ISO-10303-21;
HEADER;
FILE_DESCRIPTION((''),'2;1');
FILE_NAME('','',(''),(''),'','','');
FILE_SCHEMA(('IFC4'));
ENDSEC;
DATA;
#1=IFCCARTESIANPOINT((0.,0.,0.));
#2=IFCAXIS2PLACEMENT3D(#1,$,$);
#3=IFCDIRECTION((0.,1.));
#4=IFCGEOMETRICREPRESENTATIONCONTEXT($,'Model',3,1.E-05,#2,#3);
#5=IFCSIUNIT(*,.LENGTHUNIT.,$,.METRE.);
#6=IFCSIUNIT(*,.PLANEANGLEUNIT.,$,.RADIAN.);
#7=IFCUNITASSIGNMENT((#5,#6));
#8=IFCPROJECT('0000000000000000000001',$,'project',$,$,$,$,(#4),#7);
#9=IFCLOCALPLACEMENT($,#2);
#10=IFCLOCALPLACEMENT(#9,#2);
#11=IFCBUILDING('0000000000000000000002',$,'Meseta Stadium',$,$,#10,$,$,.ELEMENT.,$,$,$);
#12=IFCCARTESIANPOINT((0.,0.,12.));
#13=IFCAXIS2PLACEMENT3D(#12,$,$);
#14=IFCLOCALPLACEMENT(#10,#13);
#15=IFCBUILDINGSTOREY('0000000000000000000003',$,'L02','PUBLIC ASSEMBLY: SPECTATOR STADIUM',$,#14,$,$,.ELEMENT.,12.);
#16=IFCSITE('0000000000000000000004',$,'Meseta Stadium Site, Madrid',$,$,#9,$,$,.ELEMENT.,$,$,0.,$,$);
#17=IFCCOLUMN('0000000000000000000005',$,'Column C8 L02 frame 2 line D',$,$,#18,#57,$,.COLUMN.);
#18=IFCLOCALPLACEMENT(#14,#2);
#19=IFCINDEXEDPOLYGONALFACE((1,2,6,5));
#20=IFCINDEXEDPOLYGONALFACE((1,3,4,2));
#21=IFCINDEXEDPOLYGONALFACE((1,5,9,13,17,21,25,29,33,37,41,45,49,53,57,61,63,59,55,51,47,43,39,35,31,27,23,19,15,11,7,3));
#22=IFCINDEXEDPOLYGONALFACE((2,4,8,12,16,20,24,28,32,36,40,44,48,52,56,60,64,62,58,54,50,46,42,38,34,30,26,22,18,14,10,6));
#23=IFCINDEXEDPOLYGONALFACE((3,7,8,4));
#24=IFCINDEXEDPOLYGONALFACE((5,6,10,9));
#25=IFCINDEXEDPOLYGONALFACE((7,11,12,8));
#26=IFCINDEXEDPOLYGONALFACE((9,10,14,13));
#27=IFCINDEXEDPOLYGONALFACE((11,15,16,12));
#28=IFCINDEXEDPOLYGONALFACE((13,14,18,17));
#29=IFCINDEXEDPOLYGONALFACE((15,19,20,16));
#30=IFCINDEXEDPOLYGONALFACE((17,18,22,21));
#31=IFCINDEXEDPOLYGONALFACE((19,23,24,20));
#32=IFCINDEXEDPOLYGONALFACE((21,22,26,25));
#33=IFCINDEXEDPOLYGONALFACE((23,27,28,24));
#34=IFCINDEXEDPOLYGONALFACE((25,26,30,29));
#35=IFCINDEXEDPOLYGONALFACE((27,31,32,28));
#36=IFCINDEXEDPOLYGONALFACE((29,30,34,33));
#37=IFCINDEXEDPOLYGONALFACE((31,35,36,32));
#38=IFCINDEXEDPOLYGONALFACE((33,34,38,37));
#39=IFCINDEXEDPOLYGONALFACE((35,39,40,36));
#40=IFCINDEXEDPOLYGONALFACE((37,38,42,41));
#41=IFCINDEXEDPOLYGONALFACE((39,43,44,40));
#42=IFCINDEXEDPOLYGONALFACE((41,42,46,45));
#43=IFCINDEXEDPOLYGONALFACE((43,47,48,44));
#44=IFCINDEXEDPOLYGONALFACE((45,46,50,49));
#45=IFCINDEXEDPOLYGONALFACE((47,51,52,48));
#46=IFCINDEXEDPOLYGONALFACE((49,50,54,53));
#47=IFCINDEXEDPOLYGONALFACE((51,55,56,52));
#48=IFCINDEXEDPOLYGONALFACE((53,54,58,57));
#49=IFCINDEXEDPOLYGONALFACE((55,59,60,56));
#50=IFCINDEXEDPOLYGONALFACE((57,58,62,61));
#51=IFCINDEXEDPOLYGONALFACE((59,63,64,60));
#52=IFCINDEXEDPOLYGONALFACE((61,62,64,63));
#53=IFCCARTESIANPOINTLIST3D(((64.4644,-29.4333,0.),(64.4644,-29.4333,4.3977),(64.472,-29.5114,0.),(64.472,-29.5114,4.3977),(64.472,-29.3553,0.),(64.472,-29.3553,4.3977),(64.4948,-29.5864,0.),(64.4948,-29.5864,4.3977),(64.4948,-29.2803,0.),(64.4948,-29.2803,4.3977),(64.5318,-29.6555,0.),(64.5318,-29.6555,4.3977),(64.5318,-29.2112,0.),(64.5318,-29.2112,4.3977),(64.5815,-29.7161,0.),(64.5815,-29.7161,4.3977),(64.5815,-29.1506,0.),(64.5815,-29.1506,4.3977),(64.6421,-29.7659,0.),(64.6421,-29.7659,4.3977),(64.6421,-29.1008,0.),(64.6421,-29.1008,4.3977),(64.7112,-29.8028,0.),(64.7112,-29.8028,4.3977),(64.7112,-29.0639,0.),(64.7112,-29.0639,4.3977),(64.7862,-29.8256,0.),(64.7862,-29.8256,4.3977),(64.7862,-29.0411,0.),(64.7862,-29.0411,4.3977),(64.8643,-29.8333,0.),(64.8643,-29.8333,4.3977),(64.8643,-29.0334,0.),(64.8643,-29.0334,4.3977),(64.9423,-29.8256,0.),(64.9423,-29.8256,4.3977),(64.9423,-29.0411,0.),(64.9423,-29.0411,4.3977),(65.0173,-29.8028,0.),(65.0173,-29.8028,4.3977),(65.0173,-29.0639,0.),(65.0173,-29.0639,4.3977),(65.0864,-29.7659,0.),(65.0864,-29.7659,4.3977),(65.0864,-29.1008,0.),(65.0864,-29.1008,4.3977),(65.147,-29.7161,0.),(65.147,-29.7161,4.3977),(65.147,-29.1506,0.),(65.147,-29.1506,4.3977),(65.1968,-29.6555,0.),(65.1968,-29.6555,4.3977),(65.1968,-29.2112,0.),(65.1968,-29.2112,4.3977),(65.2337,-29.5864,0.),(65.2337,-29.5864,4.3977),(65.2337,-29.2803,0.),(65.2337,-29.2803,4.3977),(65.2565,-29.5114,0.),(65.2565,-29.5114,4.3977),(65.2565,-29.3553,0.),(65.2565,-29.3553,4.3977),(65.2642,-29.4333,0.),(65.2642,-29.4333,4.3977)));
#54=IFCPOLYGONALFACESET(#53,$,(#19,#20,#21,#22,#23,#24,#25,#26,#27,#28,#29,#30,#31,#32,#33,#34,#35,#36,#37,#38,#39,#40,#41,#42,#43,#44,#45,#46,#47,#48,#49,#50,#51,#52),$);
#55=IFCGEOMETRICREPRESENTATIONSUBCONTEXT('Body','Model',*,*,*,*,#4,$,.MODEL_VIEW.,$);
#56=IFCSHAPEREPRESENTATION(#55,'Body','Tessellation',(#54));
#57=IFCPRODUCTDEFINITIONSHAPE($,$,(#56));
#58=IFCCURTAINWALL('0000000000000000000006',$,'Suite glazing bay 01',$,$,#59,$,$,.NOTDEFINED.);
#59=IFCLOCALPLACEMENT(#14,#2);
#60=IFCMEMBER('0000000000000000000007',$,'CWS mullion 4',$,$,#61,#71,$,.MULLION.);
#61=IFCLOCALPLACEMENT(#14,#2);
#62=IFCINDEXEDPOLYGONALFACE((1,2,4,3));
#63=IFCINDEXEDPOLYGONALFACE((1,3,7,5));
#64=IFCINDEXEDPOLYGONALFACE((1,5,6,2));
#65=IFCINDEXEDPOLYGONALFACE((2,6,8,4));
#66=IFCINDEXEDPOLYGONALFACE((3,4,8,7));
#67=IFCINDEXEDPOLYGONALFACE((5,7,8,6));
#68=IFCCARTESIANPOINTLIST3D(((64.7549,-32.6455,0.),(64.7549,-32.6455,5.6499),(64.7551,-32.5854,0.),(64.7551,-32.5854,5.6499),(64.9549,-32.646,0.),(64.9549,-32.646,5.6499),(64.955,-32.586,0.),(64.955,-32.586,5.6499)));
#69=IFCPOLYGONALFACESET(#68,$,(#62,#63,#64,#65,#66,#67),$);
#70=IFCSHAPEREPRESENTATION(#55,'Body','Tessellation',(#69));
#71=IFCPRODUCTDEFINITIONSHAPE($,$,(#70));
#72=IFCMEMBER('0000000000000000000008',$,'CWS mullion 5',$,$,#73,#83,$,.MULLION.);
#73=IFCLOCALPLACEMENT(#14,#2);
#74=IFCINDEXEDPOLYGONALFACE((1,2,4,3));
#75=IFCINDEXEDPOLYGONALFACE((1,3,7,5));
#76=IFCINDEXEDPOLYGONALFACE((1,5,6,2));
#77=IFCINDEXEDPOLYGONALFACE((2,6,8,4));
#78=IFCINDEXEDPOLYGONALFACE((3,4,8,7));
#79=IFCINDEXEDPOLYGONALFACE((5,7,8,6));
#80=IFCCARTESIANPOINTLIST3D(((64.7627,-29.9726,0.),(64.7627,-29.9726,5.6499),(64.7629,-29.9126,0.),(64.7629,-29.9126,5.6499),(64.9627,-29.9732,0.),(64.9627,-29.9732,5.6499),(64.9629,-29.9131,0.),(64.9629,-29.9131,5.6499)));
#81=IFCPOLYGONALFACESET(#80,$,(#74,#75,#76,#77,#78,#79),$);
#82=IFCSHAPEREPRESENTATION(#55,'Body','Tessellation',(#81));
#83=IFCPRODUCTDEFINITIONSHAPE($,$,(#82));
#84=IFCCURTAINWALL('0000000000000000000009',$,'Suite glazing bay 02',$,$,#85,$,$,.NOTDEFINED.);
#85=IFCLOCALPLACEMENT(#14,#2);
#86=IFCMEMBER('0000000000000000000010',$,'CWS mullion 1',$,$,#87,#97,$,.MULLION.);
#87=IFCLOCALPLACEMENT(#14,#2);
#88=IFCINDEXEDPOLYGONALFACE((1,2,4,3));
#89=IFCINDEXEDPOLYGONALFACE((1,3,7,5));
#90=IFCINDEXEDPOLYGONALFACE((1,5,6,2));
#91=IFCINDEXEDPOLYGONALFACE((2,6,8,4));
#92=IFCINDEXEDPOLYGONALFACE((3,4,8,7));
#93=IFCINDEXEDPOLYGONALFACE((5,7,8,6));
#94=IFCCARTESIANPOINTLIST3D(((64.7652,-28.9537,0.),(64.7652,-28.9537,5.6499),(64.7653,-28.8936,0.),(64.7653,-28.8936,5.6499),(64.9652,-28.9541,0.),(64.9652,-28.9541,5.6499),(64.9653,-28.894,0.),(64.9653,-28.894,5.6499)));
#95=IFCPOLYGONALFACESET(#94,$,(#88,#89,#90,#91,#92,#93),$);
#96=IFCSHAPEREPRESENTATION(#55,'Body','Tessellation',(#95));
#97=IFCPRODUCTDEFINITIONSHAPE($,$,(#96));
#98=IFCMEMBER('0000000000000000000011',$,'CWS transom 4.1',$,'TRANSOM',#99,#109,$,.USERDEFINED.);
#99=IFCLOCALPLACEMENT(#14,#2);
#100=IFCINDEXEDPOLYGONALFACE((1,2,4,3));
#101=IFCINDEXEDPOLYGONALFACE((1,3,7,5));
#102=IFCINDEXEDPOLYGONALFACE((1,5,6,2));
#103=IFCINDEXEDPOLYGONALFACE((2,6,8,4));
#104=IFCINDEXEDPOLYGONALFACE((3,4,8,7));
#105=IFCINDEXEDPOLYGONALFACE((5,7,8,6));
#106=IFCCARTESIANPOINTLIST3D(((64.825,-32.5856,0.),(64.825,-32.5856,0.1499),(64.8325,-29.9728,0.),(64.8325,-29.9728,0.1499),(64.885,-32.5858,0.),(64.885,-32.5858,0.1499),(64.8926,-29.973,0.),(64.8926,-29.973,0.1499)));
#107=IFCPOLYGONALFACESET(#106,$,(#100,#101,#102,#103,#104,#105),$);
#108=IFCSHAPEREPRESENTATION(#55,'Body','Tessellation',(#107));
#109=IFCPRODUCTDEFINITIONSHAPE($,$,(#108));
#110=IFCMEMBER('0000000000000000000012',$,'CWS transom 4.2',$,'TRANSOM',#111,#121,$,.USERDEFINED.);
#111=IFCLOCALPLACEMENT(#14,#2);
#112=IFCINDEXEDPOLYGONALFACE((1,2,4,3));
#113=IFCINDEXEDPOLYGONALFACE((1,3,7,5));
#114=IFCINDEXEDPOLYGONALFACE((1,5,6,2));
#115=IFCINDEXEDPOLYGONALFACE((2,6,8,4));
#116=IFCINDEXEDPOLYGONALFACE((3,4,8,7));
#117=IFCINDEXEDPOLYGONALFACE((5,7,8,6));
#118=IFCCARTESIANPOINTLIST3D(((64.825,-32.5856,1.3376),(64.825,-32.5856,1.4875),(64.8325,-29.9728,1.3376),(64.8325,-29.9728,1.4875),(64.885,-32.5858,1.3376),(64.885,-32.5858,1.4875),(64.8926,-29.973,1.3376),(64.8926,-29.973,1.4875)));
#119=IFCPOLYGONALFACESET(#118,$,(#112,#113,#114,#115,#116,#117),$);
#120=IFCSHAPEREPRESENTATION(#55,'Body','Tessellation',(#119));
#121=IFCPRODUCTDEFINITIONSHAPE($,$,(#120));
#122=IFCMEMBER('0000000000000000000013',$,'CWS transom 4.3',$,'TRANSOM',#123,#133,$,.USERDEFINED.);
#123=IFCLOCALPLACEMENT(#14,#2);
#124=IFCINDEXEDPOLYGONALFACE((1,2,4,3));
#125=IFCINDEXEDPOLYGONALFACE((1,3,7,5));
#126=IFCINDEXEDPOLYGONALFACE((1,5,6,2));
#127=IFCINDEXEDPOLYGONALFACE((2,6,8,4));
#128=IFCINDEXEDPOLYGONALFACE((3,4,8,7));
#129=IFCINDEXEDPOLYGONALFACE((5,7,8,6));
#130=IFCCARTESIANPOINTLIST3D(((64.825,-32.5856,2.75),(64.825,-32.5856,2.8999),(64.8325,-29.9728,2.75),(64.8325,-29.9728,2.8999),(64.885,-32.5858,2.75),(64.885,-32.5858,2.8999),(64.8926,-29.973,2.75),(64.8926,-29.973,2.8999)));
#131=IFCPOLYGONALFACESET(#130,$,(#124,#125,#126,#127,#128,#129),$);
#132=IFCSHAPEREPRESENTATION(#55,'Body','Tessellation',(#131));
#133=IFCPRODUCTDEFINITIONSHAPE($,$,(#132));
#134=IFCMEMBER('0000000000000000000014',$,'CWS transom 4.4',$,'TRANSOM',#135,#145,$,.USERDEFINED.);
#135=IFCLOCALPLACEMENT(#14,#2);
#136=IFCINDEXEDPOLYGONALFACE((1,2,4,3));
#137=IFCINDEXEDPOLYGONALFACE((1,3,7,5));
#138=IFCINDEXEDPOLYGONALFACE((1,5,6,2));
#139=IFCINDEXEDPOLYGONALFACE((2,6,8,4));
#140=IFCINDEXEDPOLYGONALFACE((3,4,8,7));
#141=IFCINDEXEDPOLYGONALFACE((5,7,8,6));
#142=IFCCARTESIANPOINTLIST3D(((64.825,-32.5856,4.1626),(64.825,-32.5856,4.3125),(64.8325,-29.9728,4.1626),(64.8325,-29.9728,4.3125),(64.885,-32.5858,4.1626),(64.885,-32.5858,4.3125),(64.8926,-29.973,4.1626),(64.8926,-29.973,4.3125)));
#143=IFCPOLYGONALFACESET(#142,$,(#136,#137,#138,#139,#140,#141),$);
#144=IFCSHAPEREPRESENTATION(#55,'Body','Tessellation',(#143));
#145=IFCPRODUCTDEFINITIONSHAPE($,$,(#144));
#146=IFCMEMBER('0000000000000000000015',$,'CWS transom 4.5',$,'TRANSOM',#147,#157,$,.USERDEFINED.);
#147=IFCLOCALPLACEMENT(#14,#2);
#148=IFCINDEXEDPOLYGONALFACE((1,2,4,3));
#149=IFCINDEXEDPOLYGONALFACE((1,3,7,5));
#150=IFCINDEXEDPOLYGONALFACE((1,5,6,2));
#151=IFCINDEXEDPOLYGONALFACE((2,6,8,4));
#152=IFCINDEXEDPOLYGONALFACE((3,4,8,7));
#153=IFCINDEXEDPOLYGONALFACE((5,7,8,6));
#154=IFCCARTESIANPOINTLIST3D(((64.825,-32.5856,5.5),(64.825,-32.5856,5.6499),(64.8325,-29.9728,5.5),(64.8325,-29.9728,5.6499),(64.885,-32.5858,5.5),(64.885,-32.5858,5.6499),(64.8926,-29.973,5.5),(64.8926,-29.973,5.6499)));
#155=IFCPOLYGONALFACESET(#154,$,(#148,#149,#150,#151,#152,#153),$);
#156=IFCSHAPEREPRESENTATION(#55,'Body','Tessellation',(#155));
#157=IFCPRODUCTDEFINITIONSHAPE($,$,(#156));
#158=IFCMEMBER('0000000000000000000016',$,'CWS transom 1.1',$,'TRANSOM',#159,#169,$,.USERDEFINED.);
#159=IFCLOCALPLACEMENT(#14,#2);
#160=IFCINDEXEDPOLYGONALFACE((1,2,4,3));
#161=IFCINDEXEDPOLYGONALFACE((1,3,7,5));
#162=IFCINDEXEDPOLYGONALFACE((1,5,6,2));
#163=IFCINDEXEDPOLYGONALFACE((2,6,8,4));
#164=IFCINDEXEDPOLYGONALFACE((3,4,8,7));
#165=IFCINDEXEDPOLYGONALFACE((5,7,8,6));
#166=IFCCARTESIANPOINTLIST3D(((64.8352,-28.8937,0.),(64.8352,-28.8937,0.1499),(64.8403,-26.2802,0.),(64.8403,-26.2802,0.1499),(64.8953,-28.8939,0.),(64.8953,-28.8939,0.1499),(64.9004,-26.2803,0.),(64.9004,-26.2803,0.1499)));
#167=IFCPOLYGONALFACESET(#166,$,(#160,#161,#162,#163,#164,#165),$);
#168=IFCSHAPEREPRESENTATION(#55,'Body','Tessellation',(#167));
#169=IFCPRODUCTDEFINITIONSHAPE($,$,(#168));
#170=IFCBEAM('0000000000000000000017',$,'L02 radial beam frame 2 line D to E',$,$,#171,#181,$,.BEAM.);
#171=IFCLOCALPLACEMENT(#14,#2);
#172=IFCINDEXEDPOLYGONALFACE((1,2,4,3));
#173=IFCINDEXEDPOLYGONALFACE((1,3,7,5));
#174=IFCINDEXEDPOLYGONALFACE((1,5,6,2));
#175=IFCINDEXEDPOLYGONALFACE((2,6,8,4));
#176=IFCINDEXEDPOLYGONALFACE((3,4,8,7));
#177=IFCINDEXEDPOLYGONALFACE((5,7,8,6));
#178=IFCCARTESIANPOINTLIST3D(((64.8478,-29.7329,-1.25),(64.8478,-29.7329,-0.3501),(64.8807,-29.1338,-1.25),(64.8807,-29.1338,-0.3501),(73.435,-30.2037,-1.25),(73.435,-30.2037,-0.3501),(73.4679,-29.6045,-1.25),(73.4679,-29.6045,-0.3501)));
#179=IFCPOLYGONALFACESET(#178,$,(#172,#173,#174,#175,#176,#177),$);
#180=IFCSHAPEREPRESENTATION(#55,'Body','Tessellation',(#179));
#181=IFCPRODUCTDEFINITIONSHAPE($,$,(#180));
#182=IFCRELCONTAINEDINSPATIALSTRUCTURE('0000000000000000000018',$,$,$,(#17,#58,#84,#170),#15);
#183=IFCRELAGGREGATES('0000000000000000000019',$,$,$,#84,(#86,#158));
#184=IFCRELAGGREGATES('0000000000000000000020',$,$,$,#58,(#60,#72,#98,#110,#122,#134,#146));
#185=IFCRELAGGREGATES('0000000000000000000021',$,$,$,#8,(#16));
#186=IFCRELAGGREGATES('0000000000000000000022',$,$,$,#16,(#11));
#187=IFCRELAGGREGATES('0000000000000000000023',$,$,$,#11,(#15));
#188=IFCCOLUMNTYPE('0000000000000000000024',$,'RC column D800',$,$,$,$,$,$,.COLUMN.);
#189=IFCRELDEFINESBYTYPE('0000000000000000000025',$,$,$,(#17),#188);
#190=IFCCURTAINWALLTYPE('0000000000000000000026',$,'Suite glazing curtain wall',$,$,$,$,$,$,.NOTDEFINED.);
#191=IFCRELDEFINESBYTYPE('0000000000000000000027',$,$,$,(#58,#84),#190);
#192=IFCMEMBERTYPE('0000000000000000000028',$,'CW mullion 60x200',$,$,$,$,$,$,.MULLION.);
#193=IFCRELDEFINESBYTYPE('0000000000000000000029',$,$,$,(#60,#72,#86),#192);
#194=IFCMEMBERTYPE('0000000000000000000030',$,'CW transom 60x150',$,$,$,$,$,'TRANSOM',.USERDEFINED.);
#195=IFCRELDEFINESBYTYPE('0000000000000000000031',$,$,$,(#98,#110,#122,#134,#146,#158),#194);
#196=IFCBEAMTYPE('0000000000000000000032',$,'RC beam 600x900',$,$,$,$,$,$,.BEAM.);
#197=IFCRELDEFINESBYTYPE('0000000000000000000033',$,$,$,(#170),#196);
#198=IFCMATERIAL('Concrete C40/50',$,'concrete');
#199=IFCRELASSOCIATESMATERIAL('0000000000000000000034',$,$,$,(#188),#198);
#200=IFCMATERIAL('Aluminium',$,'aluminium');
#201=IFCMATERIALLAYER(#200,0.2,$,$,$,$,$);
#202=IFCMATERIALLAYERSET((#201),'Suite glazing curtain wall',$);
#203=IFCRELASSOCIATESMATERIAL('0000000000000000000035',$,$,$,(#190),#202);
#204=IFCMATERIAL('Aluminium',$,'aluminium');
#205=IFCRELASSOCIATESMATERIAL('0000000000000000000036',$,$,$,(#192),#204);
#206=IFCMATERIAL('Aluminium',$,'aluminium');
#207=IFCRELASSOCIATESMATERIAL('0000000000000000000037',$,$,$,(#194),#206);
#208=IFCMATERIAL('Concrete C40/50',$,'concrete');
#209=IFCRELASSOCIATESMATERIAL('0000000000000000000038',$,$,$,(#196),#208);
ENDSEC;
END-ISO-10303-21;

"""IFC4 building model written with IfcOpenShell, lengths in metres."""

from ifc_helpers import new_model, si_unit, direction, frame, origin, origin_2d, place, context, subcontext, project, spatial, rectangle, circle, extrude, material, layer, layer_set, material_profile, profile_set, type_object, element, aggregate, save


model = new_model("IFC4")

# Units and contexts
model_context = context("Model", 3, precision=1e-05, world=origin(), true_north=direction((0.0, 1.0)))
body_context = subcontext(model_context, "Body", "Model", "MODEL_VIEW")
ifc_project = project(units=[si_unit("LENGTHUNIT", "METRE"), si_unit("PLANEANGLEUNIT", "RADIAN")], contexts=[model_context])

# Site, building, storey
site_placement = place(None, origin())
site = spatial("IfcSite", under=ifc_project, at=site_placement, Name="Meseta Stadium Site, Madrid", CompositionType="ELEMENT", RefElevation=0.0)
building_placement = place(site_placement, origin())
building = spatial("IfcBuilding", under=site, at=building_placement, Name="Meseta Stadium", CompositionType="ELEMENT")
storey_placement = place(building_placement, frame((0.0, 0.0, 12.0)))
storey = spatial("IfcBuildingStorey", under=building, at=storey_placement, Name="L02", Description="PUBLIC ASSEMBLY: SPECTATOR STADIUM", CompositionType="ELEMENT", Elevation=12.0)

# Column
ifc_material_1 = material(Name="Concrete C40/50", Category="concrete")
ifc_material_profile_1 = material_profile(ifc_material_1, circle(Radius=0.3999, at=origin_2d()), Name="RC D800")
ifc_profile_set_1 = profile_set([ifc_material_profile_1], Name="Concrete C40/50")
column_type = type_object("IfcColumnType", Name="RC column D800", PredefinedType="COLUMN", material=ifc_profile_set_1)
column_placement = place(storey_placement, frame((64.8643, -29.4333, 0.0), z_axis=(0.0, 0.0, 1.0), x_axis=(1.0, 0.0, 0.0)))
element("IfcColumn", 1, at=column_placement, inside=storey, type_object=column_type, Name="Column C8 L02 frame 2 line D", PredefinedType="COLUMN", context=body_context, shape_type="SweptSolid", body=[
    extrude(circle(Radius=0.3999, at=origin_2d()), origin(), (0.0, 0.0, 1.0), 4.3977),
])

# Curtain wall, members
ifc_material_2 = material(Name="Aluminium", Category="aluminium")
ifc_layer_1 = layer(ifc_material_2, 0.2)
ifc_layer_set_1 = layer_set([ifc_layer_1], Name="Suite glazing curtain wall")
curtain_wall_type = type_object("IfcCurtainWallType", Name="Suite glazing curtain wall", PredefinedType="NOTDEFINED", material=ifc_layer_set_1)
curtain_wall_1_placement = place(storey_placement, origin())
curtain_wall_1 = element("IfcCurtainWall", 2, at=curtain_wall_1_placement, inside=storey, type_object=curtain_wall_type, Name="Suite glazing bay 01", PredefinedType="NOTDEFINED")
ifc_material_3 = material(Name="Aluminium", Category="aluminium")
ifc_material_profile_2 = material_profile(ifc_material_3, rectangle(XDim=0.2, YDim=0.0601, at=origin_2d()), Name="CW 200x60")
ifc_profile_set_2 = profile_set([ifc_material_profile_2], Name="Aluminium")
member_type_1 = type_object("IfcMemberType", Name="CW mullion 60x200", PredefinedType="MULLION", material=ifc_profile_set_2)
member_1_placement = place(storey_placement, frame((64.855, -32.6157, 0.0), z_axis=(0.0, 0.0, 1.0), x_axis=(-0.999996, 0.00291, 0.0)))
member_1 = element("IfcMember", 3, at=member_1_placement, type_object=member_type_1, Name="CWS mullion 4", PredefinedType="MULLION", context=body_context, shape_type="SweptSolid", body=[
    extrude(rectangle(XDim=0.2, YDim=0.0601, at=origin_2d()), origin(), (0.0, 0.0, 1.0), 5.6499),
])
member_2_placement = place(storey_placement, frame((64.8628, -29.9429, 0.0), z_axis=(0.0, 0.0, 1.0), x_axis=(-0.999996, 0.00291, 0.0)))
member_2 = element("IfcMember", 4, at=member_2_placement, type_object=member_type_1, Name="CWS mullion 5", PredefinedType="MULLION", context=body_context, shape_type="SweptSolid", body=[
    extrude(rectangle(XDim=0.2, YDim=0.0601, at=origin_2d()), origin(), (0.0, 0.0, 1.0), 5.6499),
])

# Curtain wall, member
curtain_wall_2_placement = place(storey_placement, origin())
curtain_wall_2 = element("IfcCurtainWall", 5, at=curtain_wall_2_placement, inside=storey, type_object=curtain_wall_type, Name="Suite glazing bay 02", PredefinedType="NOTDEFINED")
member_3_placement = place(storey_placement, frame((64.8652, -28.9238, 0.0), z_axis=(0.0, 0.0, 1.0), x_axis=(-0.999998, 0.001947, 0.0)))
member_3 = element("IfcMember", 6, at=member_3_placement, type_object=member_type_1, Name="CWS mullion 1", PredefinedType="MULLION", context=body_context, shape_type="SweptSolid", body=[
    extrude(rectangle(XDim=0.2, YDim=0.0601, at=origin_2d()), origin(), (0.0, 0.0, 1.0), 5.6499),
])

# Members
ifc_material_4 = material(Name="Aluminium", Category="aluminium")
ifc_material_profile_3 = material_profile(ifc_material_4, rectangle(XDim=0.0601, YDim=0.1499, at=origin_2d()), Name="CW 60x150")
ifc_profile_set_3 = profile_set([ifc_material_profile_3], Name="Aluminium")
member_type_2 = type_object("IfcMemberType", Name="CW transom 60x150", ElementType="TRANSOM", PredefinedType="USERDEFINED", material=ifc_profile_set_3)
member_4_placement = place(storey_placement, frame((64.855, -32.5857, 0.075), z_axis=(0.002897, 0.999996, 0.0), x_axis=(-0.999996, 0.002897, 0.0)))
member_4 = element("IfcMember", 7, at=member_4_placement, type_object=member_type_2, Name="CWS transom 4.1", ObjectType="TRANSOM", PredefinedType="USERDEFINED", context=body_context, shape_type="SweptSolid", body=[
    extrude(rectangle(XDim=0.0601, YDim=0.1499, at=origin_2d()), origin(), (0.0, 0.0, 1.0), 2.6128),
])
member_5_placement = place(storey_placement, frame((64.855, -32.5857, 1.4126), z_axis=(0.002897, 0.999996, 0.0), x_axis=(-0.999996, 0.002897, 0.0)))
member_5 = element("IfcMember", 8, at=member_5_placement, type_object=member_type_2, Name="CWS transom 4.2", ObjectType="TRANSOM", PredefinedType="USERDEFINED", context=body_context, shape_type="SweptSolid", body=[
    extrude(rectangle(XDim=0.0601, YDim=0.1499, at=origin_2d()), origin(), (0.0, 0.0, 1.0), 2.6128),
])
member_6_placement = place(storey_placement, frame((64.855, -32.5857, 2.825), z_axis=(0.002897, 0.999996, 0.0), x_axis=(-0.999996, 0.002897, 0.0)))
member_6 = element("IfcMember", 9, at=member_6_placement, type_object=member_type_2, Name="CWS transom 4.3", ObjectType="TRANSOM", PredefinedType="USERDEFINED", context=body_context, shape_type="SweptSolid", body=[
    extrude(rectangle(XDim=0.0601, YDim=0.1499, at=origin_2d()), origin(), (0.0, 0.0, 1.0), 2.6128),
])
member_7_placement = place(storey_placement, frame((64.855, -32.5857, 4.2375), z_axis=(0.002897, 0.999996, 0.0), x_axis=(-0.999996, 0.002897, 0.0)))
member_7 = element("IfcMember", 10, at=member_7_placement, type_object=member_type_2, Name="CWS transom 4.4", ObjectType="TRANSOM", PredefinedType="USERDEFINED", context=body_context, shape_type="SweptSolid", body=[
    extrude(rectangle(XDim=0.0601, YDim=0.1499, at=origin_2d()), origin(), (0.0, 0.0, 1.0), 2.6128),
])
member_8_placement = place(storey_placement, frame((64.855, -32.5857, 5.575), z_axis=(0.002897, 0.999996, 0.0), x_axis=(-0.999996, 0.002897, 0.0)))
member_8 = element("IfcMember", 11, at=member_8_placement, type_object=member_type_2, Name="CWS transom 4.5", ObjectType="TRANSOM", PredefinedType="USERDEFINED", context=body_context, shape_type="SweptSolid", body=[
    extrude(rectangle(XDim=0.0601, YDim=0.1499, at=origin_2d()), origin(), (0.0, 0.0, 1.0), 2.6128),
])
member_9_placement = place(storey_placement, frame((64.8652, -28.8938, 0.075), z_axis=(0.001962, 0.999998, 0.0), x_axis=(-0.999998, 0.001962, 0.0)))
member_9 = element("IfcMember", 12, at=member_9_placement, type_object=member_type_2, Name="CWS transom 1.1", ObjectType="TRANSOM", PredefinedType="USERDEFINED", context=body_context, shape_type="SweptSolid", body=[
    extrude(rectangle(XDim=0.0601, YDim=0.1499, at=origin_2d()), origin(), (0.0, 0.0, 1.0), 2.6135),
])
aggregate(curtain_wall_2, [member_3, member_9])

# Beam
ifc_material_5 = material(Name="Concrete C40/50", Category="concrete")
ifc_material_profile_4 = material_profile(ifc_material_5, rectangle(XDim=0.6001, YDim=0.8999, at=origin_2d()), Name="RC 600x900")
ifc_profile_set_4 = profile_set([ifc_material_profile_4], Name="Concrete C40/50")
beam_type_1 = type_object("IfcBeamType", Name="RC beam 600x900", PredefinedType="BEAM", material=ifc_profile_set_4)
beam_1_placement = place(storey_placement, frame((64.8643, -29.4333, -0.8), z_axis=(0.998501, -0.054733, 0.0), x_axis=(0.054733, 0.998501, 0.0)))
element("IfcBeam", 13, at=beam_1_placement, inside=storey, type_object=beam_type_1, Name="L02 radial beam frame 2 line D to E", PredefinedType="BEAM", context=body_context, shape_type="SweptSolid", body=[
    extrude(rectangle(XDim=0.6001, YDim=0.8999, at=origin_2d()), origin(), (0.0, 0.0, 1.0), 8.6001),
])

aggregate(curtain_wall_1, [member_1, member_2, member_4, member_5, member_6, member_7, member_8])

save(model, "model.ifc")
